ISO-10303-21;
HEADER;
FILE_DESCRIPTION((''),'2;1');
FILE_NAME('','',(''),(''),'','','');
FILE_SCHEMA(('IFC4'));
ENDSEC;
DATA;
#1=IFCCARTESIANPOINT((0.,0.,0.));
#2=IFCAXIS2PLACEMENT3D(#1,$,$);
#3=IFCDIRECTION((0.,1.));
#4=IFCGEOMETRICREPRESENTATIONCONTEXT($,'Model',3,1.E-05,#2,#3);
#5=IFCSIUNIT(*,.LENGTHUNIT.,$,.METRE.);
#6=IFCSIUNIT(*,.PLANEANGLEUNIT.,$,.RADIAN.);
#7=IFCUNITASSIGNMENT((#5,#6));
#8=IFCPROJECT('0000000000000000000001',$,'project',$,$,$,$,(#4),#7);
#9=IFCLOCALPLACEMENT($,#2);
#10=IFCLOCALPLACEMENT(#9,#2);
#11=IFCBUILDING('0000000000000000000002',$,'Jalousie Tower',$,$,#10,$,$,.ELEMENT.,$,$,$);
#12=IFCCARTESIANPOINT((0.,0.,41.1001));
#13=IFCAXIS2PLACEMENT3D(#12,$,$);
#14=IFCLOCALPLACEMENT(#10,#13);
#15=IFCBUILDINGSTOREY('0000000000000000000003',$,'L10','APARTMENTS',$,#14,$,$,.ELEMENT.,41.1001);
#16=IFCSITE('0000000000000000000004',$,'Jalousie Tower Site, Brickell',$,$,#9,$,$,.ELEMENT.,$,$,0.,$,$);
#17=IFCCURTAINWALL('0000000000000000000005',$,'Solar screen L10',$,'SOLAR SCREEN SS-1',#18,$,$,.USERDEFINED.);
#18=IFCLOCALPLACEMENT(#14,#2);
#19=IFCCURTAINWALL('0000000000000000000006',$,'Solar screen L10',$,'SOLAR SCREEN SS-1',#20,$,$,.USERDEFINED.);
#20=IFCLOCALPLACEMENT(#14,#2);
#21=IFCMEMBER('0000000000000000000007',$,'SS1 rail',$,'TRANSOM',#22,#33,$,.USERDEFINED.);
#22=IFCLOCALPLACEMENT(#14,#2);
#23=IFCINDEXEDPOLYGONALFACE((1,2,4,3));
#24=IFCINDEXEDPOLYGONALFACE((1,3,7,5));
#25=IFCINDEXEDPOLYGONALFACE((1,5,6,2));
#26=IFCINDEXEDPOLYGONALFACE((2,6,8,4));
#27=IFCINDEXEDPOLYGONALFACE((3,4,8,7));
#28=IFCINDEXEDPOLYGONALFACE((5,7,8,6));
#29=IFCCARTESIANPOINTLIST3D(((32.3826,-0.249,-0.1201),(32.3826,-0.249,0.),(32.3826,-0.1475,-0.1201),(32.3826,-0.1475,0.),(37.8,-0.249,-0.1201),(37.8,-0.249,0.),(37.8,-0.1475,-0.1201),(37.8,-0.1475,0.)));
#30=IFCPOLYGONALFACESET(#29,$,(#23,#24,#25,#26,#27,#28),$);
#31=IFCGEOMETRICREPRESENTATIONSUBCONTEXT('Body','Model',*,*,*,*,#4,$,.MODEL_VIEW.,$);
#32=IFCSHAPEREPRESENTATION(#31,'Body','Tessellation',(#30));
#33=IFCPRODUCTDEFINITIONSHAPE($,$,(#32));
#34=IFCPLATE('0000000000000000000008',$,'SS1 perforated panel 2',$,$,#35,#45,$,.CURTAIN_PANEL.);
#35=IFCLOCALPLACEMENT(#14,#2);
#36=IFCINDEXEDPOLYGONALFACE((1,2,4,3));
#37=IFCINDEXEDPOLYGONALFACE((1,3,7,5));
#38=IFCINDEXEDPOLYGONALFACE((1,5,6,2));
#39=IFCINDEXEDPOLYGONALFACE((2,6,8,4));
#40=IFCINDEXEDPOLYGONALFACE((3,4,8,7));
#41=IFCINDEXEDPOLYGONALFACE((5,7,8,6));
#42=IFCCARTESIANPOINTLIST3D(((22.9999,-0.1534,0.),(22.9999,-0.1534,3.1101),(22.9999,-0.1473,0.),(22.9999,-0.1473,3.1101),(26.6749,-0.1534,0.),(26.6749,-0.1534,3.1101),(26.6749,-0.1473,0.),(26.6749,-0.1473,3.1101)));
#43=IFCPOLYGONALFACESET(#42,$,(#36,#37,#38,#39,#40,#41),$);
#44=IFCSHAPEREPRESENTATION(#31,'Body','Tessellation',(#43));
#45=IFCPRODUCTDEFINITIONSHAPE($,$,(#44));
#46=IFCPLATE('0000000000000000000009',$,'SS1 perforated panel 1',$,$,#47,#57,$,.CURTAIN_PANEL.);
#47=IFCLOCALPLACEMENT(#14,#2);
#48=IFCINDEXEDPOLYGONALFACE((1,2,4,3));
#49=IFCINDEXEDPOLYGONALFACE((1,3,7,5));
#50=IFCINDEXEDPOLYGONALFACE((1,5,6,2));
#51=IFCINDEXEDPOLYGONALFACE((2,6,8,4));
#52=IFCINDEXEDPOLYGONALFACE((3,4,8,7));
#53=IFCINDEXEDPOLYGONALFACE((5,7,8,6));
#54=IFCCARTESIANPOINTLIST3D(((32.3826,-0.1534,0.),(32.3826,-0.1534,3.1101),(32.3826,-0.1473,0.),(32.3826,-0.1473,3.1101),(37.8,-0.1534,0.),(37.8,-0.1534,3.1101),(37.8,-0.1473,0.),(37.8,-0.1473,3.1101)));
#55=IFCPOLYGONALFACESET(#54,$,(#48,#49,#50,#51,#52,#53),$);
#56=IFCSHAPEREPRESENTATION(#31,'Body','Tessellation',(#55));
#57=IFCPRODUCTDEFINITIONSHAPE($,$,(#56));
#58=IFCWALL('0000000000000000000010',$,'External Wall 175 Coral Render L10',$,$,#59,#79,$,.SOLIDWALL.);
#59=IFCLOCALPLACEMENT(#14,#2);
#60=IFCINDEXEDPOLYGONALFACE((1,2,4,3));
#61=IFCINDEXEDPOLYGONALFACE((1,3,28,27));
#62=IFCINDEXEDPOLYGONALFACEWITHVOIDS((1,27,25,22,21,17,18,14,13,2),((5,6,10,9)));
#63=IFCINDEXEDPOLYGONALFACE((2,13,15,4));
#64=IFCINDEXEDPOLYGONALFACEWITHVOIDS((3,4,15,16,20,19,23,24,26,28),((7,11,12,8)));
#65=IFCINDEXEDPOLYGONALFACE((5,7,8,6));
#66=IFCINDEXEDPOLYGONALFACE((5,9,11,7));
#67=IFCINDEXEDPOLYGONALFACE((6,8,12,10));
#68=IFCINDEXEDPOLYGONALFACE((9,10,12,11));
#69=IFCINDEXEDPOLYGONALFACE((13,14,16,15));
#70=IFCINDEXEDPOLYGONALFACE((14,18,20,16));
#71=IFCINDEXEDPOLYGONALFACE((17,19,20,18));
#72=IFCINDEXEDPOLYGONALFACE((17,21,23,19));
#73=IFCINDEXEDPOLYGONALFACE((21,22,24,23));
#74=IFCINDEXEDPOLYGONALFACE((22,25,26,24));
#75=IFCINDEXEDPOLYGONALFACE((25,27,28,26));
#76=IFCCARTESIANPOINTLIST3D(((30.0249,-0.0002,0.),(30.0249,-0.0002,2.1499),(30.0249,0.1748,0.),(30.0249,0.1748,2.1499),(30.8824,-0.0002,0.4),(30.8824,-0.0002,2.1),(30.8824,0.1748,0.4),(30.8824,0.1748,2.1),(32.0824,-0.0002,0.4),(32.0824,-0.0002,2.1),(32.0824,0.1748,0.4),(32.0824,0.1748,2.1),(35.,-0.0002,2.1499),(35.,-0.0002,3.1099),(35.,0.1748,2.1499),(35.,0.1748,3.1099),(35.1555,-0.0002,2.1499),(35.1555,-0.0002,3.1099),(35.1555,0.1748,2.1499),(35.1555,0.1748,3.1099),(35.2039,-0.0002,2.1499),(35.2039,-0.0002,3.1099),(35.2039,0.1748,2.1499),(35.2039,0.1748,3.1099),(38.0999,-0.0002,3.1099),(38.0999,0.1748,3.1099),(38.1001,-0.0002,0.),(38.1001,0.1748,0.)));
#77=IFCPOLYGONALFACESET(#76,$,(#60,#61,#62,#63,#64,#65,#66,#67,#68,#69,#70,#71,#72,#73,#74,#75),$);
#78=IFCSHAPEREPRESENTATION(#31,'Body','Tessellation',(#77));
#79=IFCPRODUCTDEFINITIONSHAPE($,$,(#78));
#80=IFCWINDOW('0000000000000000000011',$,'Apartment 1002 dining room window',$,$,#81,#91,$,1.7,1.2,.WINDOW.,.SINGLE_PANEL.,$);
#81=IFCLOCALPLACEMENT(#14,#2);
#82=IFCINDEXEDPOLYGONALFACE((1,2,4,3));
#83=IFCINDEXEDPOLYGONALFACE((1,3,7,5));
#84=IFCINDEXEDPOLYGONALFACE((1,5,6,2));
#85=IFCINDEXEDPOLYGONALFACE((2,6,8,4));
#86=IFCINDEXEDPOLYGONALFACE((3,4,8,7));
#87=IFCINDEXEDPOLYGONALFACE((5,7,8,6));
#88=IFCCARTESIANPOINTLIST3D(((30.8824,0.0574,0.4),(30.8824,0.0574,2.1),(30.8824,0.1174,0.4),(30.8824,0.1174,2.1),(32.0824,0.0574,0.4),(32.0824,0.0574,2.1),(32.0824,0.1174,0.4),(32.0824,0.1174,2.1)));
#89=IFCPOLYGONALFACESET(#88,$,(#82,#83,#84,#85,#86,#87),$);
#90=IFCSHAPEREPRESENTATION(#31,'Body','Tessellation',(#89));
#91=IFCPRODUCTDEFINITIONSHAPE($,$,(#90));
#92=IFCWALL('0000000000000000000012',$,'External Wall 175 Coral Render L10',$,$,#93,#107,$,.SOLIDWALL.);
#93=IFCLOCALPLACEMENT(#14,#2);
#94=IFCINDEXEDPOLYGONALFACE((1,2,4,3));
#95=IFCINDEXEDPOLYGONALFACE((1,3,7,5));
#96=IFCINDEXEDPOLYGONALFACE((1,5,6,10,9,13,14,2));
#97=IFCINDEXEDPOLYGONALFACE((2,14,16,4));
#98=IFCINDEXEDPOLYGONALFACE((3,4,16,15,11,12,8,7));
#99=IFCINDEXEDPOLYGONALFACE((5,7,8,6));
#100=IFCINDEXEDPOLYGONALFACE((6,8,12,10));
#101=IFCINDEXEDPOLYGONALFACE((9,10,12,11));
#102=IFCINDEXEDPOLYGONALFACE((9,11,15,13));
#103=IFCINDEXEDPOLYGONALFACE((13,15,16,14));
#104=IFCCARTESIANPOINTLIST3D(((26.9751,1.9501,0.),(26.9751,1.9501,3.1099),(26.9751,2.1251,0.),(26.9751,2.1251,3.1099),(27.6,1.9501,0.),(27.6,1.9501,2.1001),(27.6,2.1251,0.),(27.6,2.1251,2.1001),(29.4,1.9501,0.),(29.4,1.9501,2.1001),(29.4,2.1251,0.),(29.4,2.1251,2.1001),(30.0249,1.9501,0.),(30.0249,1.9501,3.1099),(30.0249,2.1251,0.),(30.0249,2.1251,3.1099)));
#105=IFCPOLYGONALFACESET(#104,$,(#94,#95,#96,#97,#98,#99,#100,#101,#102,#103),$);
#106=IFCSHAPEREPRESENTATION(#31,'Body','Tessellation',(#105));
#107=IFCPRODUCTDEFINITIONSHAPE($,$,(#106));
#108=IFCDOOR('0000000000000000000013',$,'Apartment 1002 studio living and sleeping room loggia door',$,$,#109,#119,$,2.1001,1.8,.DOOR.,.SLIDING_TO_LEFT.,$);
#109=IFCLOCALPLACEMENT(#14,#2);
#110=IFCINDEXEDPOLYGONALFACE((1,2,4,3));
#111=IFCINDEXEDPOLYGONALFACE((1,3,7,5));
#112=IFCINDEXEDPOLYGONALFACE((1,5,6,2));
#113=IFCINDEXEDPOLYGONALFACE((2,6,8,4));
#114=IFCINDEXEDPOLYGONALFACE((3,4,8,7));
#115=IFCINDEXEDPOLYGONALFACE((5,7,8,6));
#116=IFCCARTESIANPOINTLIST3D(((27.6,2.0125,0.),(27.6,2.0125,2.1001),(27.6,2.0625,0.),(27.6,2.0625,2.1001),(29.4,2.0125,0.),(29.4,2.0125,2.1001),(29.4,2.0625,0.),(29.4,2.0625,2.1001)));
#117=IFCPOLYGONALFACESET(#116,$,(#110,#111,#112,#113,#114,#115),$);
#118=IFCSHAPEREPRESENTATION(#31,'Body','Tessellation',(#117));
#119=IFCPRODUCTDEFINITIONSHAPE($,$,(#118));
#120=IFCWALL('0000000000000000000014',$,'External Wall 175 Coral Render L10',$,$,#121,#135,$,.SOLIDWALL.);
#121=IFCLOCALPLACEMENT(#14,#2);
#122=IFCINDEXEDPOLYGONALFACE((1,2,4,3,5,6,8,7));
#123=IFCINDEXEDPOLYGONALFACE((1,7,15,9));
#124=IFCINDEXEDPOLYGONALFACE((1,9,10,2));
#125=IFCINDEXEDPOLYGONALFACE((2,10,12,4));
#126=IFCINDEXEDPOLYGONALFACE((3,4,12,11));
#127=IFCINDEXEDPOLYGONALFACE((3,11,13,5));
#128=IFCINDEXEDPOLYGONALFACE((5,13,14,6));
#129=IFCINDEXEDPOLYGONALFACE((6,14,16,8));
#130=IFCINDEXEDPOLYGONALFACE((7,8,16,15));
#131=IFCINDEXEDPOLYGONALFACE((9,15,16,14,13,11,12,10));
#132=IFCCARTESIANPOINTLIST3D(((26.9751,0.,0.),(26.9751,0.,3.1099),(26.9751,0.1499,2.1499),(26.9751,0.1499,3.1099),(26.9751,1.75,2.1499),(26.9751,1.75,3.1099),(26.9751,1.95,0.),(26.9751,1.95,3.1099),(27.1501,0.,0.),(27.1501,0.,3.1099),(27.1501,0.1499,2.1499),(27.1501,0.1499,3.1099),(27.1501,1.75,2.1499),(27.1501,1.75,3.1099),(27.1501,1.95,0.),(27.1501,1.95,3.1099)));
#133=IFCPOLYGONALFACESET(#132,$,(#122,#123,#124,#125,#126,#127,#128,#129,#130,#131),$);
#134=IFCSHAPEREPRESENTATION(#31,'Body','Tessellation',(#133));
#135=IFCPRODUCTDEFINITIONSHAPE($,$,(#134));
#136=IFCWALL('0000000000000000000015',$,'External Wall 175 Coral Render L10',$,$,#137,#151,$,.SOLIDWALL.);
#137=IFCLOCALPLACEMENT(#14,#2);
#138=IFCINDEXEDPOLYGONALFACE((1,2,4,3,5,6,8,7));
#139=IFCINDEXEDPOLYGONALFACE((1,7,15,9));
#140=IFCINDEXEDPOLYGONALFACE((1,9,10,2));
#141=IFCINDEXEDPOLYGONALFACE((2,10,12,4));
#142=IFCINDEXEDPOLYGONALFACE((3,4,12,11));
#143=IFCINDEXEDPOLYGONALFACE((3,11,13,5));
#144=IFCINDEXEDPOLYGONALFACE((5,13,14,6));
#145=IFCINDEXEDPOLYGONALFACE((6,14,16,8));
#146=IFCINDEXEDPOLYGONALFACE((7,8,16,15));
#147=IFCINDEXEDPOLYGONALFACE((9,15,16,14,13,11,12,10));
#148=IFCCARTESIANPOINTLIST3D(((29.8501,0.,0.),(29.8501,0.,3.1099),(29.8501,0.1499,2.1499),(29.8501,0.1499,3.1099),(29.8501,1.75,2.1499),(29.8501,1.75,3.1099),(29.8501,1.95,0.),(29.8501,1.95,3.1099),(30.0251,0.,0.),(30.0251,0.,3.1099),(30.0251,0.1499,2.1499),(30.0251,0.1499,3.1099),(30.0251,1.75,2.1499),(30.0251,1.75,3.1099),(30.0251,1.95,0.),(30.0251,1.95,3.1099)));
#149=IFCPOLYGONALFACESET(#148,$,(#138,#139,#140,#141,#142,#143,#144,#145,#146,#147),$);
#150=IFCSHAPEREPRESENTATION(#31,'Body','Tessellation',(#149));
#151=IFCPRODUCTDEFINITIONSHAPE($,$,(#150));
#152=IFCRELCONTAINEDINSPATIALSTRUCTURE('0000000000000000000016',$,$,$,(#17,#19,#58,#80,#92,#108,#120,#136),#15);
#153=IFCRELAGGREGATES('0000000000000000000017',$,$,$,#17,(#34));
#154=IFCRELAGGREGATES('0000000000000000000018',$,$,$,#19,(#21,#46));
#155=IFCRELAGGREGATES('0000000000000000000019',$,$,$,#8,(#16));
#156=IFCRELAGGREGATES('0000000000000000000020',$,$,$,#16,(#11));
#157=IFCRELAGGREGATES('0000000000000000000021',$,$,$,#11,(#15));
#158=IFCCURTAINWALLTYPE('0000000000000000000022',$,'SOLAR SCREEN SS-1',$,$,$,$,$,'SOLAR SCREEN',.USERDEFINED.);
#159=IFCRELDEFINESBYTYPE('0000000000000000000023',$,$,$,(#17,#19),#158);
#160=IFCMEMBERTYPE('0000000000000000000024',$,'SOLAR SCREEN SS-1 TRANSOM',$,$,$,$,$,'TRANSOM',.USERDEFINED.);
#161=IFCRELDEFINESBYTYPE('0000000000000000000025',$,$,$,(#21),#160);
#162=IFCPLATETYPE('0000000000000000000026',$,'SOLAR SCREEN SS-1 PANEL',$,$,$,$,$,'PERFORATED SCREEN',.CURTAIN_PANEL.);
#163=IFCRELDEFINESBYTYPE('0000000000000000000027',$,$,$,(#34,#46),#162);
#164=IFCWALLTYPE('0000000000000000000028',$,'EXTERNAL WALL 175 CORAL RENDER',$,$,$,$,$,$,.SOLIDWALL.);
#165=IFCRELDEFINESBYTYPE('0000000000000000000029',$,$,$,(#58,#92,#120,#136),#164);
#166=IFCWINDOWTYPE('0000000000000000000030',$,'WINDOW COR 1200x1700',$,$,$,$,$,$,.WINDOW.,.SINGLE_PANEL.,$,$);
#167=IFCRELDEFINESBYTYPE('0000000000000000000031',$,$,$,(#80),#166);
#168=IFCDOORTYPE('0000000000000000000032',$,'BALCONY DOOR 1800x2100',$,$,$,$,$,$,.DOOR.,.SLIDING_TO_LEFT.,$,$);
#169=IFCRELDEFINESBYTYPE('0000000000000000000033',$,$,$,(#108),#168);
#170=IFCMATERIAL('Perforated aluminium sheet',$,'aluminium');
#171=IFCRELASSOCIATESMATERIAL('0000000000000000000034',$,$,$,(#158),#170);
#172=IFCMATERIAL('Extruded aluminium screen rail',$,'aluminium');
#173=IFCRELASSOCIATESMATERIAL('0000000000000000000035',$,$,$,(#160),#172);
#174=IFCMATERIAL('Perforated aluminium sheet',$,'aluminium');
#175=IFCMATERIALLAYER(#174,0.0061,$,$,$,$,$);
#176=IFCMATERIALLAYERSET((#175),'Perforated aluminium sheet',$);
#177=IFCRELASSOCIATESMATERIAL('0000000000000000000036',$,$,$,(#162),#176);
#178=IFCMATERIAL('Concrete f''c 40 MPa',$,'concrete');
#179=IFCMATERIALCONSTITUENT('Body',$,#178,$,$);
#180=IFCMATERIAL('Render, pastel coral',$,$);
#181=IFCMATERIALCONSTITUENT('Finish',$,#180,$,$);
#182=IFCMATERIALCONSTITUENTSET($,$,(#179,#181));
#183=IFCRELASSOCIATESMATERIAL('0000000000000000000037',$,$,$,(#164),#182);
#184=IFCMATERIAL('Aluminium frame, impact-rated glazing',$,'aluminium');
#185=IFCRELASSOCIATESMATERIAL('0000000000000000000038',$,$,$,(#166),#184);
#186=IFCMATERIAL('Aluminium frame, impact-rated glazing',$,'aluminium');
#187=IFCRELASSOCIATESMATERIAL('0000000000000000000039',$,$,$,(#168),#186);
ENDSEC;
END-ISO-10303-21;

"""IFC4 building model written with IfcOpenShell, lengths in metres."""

from ifc_helpers import new_model, si_unit, direction, frame, frame_2d, origin, origin_2d, place, context, subcontext, project, spatial, polyline, rectangle, outline, extrude, material, layer, layer_set, constituent, constituent_set, material_profile, profile_set, type_object, element, fill, aggregate, save


model = new_model("IFC4")

# Units and contexts
model_context = context("Model", 3, precision=1e-05, world=origin(), true_north=direction((0.0, 1.0)))
body_context = subcontext(model_context, "Body", "Model", "MODEL_VIEW")
ifc_project = project(units=[si_unit("LENGTHUNIT", "METRE"), si_unit("PLANEANGLEUNIT", "RADIAN")], contexts=[model_context])

# Site, building, storey
site_placement = place(None, origin())
site = spatial("IfcSite", under=ifc_project, at=site_placement, Name="Jalousie Tower Site, Brickell", CompositionType="ELEMENT", RefElevation=0.0)
building_placement = place(site_placement, origin())
building = spatial("IfcBuilding", under=site, at=building_placement, Name="Jalousie Tower", CompositionType="ELEMENT")
storey_placement = place(building_placement, frame((0.0, 0.0, 41.1001)))
storey = spatial("IfcBuildingStorey", under=building, at=storey_placement, Name="L10", Description="APARTMENTS", CompositionType="ELEMENT", Elevation=41.1001)

# Curtain wall
ifc_material_1 = material(Name="Perforated aluminium sheet", Category="aluminium")
curtain_wall_type = type_object("IfcCurtainWallType", Name="SOLAR SCREEN SS-1", ElementType="SOLAR SCREEN", PredefinedType="USERDEFINED", material=ifc_material_1)
curtain_wall_1_placement = place(storey_placement, origin())
curtain_wall_1 = element("IfcCurtainWall", 1, at=curtain_wall_1_placement, inside=storey, type_object=curtain_wall_type, Name="Solar screen L10", ObjectType="SOLAR SCREEN SS-1", PredefinedType="USERDEFINED")

# Curtain wall, member
curtain_wall_2_placement = place(storey_placement, origin())
curtain_wall_2 = element("IfcCurtainWall", 2, at=curtain_wall_2_placement, inside=storey, type_object=curtain_wall_type, Name="Solar screen L10", ObjectType="SOLAR SCREEN SS-1", PredefinedType="USERDEFINED")
ifc_material_2 = material(Name="Extruded aluminium screen rail", Category="aluminium")
ifc_material_profile_1 = material_profile(ifc_material_2, rectangle(XDim=0.1016, YDim=0.1201, at=origin_2d()), Name="RAIL 102x120")
ifc_profile_set_1 = profile_set([ifc_material_profile_1], Name="Extruded aluminium screen rail")
member_type_1 = type_object("IfcMemberType", Name="SOLAR SCREEN SS-1 TRANSOM", ElementType="TRANSOM", PredefinedType="USERDEFINED", material=ifc_profile_set_1)
member_1_placement = place(storey_placement, frame((32.3826, -0.1982, -0.0601), z_axis=(1.0, 0.0, 0.0), x_axis=(0.0, 1.0, 0.0)))
member_1 = element("IfcMember", 3, at=member_1_placement, type_object=member_type_1, Name="SS1 rail", ObjectType="TRANSOM", PredefinedType="USERDEFINED", context=body_context, shape_type="SweptSolid", body=[
    extrude(rectangle(XDim=0.1016, YDim=0.1201, at=origin_2d()), origin(), (0.0, 0.0, 1.0), 5.4175),
])

# Plates
ifc_material_3 = material(Name="Perforated aluminium sheet", Category="aluminium")
ifc_layer_1 = layer(ifc_material_3, 0.0061)
ifc_layer_set_1 = layer_set([ifc_layer_1], Name="Perforated aluminium sheet")
plate_type = type_object("IfcPlateType", Name="SOLAR SCREEN SS-1 PANEL", ElementType="PERFORATED SCREEN", PredefinedType="CURTAIN_PANEL", material=ifc_layer_set_1)
plate_1_placement = place(storey_placement, frame((24.8374, -0.1504, 0.0), z_axis=(0.0, 0.0, 1.0), x_axis=(1.0, 0.0, 0.0)))
plate_1 = element("IfcPlate", 4, at=plate_1_placement, type_object=plate_type, Name="SS1 perforated panel 2", PredefinedType="CURTAIN_PANEL", context=body_context, shape_type="SweptSolid", body=[
    extrude(rectangle(XDim=3.675, YDim=0.0061, at=origin_2d()), origin(), (0.0, 0.0, 1.0), 3.1101),
])
aggregate(curtain_wall_1, [plate_1])
plate_2_placement = place(storey_placement, frame((35.0913, -0.1504, 0.0), z_axis=(0.0, 0.0, 1.0), x_axis=(1.0, 0.0, 0.0)))
plate_2 = element("IfcPlate", 5, at=plate_2_placement, type_object=plate_type, Name="SS1 perforated panel 1", PredefinedType="CURTAIN_PANEL", context=body_context, shape_type="SweptSolid", body=[
    extrude(rectangle(XDim=5.4175, YDim=0.0061, at=origin_2d()), origin(), (0.0, 0.0, 1.0), 3.1101),
])
aggregate(curtain_wall_2, [member_1, plate_2])

# Wall, opening, window
ifc_material_4 = material(Name="Concrete f'c 40 MPa", Category="concrete")
ifc_constituent_1 = constituent(ifc_material_4, Name="Body")
ifc_material_5 = material(Name="Render, pastel coral")
ifc_constituent_2 = constituent(ifc_material_5, Name="Finish")
ifc_constituent_set_1 = constituent_set(constituents=[ifc_constituent_1, ifc_constituent_2])
wall_type_1 = type_object("IfcWallType", Name="EXTERNAL WALL 175 CORAL RENDER", PredefinedType="SOLIDWALL", material=ifc_constituent_set_1)
wall_1_placement = place(storey_placement, frame((30.0249, 0.0874, 0.0), z_axis=(0.0, 0.0, 1.0), x_axis=(1.0, 0.0, 0.0)))
wall_1 = element("IfcWall", 6, at=wall_1_placement, inside=storey, type_object=wall_type_1, Name="External Wall 175 Coral Render L10", PredefinedType="SOLIDWALL", context=body_context, shape_type="SweptSolid", body=[
    extrude(outline(polyline([(0.0, 0.0), (8.0752, 0.0), (8.075, 3.1099), (5.179, 3.1099), (5.179, 2.1499), (5.1306, 2.1499), (5.1306, 3.1099), (4.9751, 3.1099), (4.9751, 2.1499), (0.0, 2.1499), (0.0, 0.0)])), frame((0.0, 0.0874, 0.0), z_axis=(0.0, -1.0, 0.0), x_axis=(1.0, 0.0, 0.0)), (0.0, 0.0, 1.0), 0.175),
])
opening_1_placement = place(wall_1_placement, frame((0.8574, 0.0, 0.3999)))
opening_1 = element("IfcOpeningElement", 7, at=opening_1_placement, cuts=wall_1, PredefinedType="OPENING", context=body_context, shape_type="SweptSolid", body=[
    extrude(rectangle(XDim=1.2, YDim=1.7, at=frame_2d((0.6001, 0.8501))), frame((0.0, 0.0974, 0.0), z_axis=(0.0, -1.0, 0.0), x_axis=(1.0, 0.0, 0.0)), (0.0, 0.0, 1.0), 0.1951),
])
ifc_material_6 = material(Name="Aluminium frame, impact-rated glazing", Category="aluminium")
window_type = type_object("IfcWindowType", Name="WINDOW COR 1200x1700", PartitioningType="SINGLE_PANEL", PredefinedType="WINDOW", material=ifc_material_6)
window_placement = place(opening_1_placement, origin())
window = element("IfcWindow", 8, at=window_placement, inside=storey, type_object=window_type, Name="Apartment 1002 dining room window", OverallHeight=1.7, OverallWidth=1.2, PartitioningType="SINGLE_PANEL", PredefinedType="WINDOW", context=body_context, shape_type="SweptSolid", body=[
    extrude(rectangle(XDim=1.2, YDim=1.7, at=frame_2d((0.6001, 0.8501))), frame((0.0, 0.03, 0.0), z_axis=(0.0, -1.0, 0.0), x_axis=(1.0, 0.0, 0.0)), (0.0, 0.0, 1.0), 0.0601),
])
fill(opening_1, window)

# Wall, opening, door
wall_2_placement = place(storey_placement, frame((26.9751, 2.0376, 0.0), z_axis=(0.0, 0.0, 1.0), x_axis=(1.0, 0.0, 0.0)))
wall_2 = element("IfcWall", 9, at=wall_2_placement, inside=storey, type_object=wall_type_1, Name="External Wall 175 Coral Render L10", PredefinedType="SOLIDWALL", context=body_context, shape_type="SweptSolid", body=[
    extrude(rectangle(XDim=3.0498, YDim=0.175, at=frame_2d((1.5249, 0.0))), origin(), (0.0, 0.0, 1.0), 3.1099),
])
opening_2_placement = place(wall_2_placement, frame((0.625, 0.0, 0.0)))
opening_2 = element("IfcOpeningElement", 10, at=opening_2_placement, cuts=wall_2, PredefinedType="OPENING", context=body_context, shape_type="SweptSolid", body=[
    extrude(rectangle(XDim=1.8, YDim=2.1001, at=frame_2d((0.8999, 1.05))), frame((0.0, 0.0974, 0.0), z_axis=(0.0, -1.0, 0.0), x_axis=(1.0, 0.0, 0.0)), (0.0, 0.0, 1.0), 0.1951),
])
ifc_material_7 = material(Name="Aluminium frame, impact-rated glazing", Category="aluminium")
door_type_1 = type_object("IfcDoorType", Name="BALCONY DOOR 1800x2100", OperationType="SLIDING_TO_LEFT", PredefinedType="DOOR", material=ifc_material_7)
door_1_placement = place(opening_2_placement, origin())
door_1 = element("IfcDoor", 11, at=door_1_placement, inside=storey, type_object=door_type_1, Name="Apartment 1002 studio living and sleeping room loggia door", OperationType="SLIDING_TO_LEFT", OverallHeight=2.1001, OverallWidth=1.8, PredefinedType="DOOR", context=body_context, shape_type="SweptSolid", body=[
    extrude(rectangle(XDim=1.8, YDim=2.1001, at=frame_2d((0.8999, 1.05))), frame((0.0, 0.0249, 0.0), z_axis=(0.0, -1.0, 0.0), x_axis=(1.0, 0.0, 0.0)), (0.0, 0.0, 1.0), 0.05),
])
fill(opening_2, door_1)

# Walls
for number, where, z_axis, x_axis, name in (
    (12, (27.0625, 0.0, 0.0), (0.0, 0.0, 1.0), (0.0, 1.0, 0.0), "External Wall 175 Coral Render L10"),
    (13, (29.9375, 0.0, 0.0), (0.0, 0.0, 1.0), (0.0, 1.0, 0.0), "External Wall 175 Coral Render L10"),
):
    element("IfcWall", number, at=place(storey_placement, frame(where, z_axis=z_axis, x_axis=x_axis)), inside=storey, type_object=wall_type_1, Name=name, PredefinedType="SOLIDWALL", context=body_context, shape_type="SweptSolid", body=[
        extrude(outline(polyline([(0.0, 0.0), (1.95, 0.0), (1.95, 3.1099), (1.75, 3.1099), (1.75, 2.1499), (0.1499, 2.1499), (0.1499, 3.1099), (0.0, 3.1099), (0.0, 0.0)])), frame((0.0, 0.0874, 0.0), z_axis=(0.0, -1.0, 0.0), x_axis=(1.0, 0.0, 0.0)), (0.0, 0.0, 1.0), 0.175),
    ])

save(model, "model.ifc")
